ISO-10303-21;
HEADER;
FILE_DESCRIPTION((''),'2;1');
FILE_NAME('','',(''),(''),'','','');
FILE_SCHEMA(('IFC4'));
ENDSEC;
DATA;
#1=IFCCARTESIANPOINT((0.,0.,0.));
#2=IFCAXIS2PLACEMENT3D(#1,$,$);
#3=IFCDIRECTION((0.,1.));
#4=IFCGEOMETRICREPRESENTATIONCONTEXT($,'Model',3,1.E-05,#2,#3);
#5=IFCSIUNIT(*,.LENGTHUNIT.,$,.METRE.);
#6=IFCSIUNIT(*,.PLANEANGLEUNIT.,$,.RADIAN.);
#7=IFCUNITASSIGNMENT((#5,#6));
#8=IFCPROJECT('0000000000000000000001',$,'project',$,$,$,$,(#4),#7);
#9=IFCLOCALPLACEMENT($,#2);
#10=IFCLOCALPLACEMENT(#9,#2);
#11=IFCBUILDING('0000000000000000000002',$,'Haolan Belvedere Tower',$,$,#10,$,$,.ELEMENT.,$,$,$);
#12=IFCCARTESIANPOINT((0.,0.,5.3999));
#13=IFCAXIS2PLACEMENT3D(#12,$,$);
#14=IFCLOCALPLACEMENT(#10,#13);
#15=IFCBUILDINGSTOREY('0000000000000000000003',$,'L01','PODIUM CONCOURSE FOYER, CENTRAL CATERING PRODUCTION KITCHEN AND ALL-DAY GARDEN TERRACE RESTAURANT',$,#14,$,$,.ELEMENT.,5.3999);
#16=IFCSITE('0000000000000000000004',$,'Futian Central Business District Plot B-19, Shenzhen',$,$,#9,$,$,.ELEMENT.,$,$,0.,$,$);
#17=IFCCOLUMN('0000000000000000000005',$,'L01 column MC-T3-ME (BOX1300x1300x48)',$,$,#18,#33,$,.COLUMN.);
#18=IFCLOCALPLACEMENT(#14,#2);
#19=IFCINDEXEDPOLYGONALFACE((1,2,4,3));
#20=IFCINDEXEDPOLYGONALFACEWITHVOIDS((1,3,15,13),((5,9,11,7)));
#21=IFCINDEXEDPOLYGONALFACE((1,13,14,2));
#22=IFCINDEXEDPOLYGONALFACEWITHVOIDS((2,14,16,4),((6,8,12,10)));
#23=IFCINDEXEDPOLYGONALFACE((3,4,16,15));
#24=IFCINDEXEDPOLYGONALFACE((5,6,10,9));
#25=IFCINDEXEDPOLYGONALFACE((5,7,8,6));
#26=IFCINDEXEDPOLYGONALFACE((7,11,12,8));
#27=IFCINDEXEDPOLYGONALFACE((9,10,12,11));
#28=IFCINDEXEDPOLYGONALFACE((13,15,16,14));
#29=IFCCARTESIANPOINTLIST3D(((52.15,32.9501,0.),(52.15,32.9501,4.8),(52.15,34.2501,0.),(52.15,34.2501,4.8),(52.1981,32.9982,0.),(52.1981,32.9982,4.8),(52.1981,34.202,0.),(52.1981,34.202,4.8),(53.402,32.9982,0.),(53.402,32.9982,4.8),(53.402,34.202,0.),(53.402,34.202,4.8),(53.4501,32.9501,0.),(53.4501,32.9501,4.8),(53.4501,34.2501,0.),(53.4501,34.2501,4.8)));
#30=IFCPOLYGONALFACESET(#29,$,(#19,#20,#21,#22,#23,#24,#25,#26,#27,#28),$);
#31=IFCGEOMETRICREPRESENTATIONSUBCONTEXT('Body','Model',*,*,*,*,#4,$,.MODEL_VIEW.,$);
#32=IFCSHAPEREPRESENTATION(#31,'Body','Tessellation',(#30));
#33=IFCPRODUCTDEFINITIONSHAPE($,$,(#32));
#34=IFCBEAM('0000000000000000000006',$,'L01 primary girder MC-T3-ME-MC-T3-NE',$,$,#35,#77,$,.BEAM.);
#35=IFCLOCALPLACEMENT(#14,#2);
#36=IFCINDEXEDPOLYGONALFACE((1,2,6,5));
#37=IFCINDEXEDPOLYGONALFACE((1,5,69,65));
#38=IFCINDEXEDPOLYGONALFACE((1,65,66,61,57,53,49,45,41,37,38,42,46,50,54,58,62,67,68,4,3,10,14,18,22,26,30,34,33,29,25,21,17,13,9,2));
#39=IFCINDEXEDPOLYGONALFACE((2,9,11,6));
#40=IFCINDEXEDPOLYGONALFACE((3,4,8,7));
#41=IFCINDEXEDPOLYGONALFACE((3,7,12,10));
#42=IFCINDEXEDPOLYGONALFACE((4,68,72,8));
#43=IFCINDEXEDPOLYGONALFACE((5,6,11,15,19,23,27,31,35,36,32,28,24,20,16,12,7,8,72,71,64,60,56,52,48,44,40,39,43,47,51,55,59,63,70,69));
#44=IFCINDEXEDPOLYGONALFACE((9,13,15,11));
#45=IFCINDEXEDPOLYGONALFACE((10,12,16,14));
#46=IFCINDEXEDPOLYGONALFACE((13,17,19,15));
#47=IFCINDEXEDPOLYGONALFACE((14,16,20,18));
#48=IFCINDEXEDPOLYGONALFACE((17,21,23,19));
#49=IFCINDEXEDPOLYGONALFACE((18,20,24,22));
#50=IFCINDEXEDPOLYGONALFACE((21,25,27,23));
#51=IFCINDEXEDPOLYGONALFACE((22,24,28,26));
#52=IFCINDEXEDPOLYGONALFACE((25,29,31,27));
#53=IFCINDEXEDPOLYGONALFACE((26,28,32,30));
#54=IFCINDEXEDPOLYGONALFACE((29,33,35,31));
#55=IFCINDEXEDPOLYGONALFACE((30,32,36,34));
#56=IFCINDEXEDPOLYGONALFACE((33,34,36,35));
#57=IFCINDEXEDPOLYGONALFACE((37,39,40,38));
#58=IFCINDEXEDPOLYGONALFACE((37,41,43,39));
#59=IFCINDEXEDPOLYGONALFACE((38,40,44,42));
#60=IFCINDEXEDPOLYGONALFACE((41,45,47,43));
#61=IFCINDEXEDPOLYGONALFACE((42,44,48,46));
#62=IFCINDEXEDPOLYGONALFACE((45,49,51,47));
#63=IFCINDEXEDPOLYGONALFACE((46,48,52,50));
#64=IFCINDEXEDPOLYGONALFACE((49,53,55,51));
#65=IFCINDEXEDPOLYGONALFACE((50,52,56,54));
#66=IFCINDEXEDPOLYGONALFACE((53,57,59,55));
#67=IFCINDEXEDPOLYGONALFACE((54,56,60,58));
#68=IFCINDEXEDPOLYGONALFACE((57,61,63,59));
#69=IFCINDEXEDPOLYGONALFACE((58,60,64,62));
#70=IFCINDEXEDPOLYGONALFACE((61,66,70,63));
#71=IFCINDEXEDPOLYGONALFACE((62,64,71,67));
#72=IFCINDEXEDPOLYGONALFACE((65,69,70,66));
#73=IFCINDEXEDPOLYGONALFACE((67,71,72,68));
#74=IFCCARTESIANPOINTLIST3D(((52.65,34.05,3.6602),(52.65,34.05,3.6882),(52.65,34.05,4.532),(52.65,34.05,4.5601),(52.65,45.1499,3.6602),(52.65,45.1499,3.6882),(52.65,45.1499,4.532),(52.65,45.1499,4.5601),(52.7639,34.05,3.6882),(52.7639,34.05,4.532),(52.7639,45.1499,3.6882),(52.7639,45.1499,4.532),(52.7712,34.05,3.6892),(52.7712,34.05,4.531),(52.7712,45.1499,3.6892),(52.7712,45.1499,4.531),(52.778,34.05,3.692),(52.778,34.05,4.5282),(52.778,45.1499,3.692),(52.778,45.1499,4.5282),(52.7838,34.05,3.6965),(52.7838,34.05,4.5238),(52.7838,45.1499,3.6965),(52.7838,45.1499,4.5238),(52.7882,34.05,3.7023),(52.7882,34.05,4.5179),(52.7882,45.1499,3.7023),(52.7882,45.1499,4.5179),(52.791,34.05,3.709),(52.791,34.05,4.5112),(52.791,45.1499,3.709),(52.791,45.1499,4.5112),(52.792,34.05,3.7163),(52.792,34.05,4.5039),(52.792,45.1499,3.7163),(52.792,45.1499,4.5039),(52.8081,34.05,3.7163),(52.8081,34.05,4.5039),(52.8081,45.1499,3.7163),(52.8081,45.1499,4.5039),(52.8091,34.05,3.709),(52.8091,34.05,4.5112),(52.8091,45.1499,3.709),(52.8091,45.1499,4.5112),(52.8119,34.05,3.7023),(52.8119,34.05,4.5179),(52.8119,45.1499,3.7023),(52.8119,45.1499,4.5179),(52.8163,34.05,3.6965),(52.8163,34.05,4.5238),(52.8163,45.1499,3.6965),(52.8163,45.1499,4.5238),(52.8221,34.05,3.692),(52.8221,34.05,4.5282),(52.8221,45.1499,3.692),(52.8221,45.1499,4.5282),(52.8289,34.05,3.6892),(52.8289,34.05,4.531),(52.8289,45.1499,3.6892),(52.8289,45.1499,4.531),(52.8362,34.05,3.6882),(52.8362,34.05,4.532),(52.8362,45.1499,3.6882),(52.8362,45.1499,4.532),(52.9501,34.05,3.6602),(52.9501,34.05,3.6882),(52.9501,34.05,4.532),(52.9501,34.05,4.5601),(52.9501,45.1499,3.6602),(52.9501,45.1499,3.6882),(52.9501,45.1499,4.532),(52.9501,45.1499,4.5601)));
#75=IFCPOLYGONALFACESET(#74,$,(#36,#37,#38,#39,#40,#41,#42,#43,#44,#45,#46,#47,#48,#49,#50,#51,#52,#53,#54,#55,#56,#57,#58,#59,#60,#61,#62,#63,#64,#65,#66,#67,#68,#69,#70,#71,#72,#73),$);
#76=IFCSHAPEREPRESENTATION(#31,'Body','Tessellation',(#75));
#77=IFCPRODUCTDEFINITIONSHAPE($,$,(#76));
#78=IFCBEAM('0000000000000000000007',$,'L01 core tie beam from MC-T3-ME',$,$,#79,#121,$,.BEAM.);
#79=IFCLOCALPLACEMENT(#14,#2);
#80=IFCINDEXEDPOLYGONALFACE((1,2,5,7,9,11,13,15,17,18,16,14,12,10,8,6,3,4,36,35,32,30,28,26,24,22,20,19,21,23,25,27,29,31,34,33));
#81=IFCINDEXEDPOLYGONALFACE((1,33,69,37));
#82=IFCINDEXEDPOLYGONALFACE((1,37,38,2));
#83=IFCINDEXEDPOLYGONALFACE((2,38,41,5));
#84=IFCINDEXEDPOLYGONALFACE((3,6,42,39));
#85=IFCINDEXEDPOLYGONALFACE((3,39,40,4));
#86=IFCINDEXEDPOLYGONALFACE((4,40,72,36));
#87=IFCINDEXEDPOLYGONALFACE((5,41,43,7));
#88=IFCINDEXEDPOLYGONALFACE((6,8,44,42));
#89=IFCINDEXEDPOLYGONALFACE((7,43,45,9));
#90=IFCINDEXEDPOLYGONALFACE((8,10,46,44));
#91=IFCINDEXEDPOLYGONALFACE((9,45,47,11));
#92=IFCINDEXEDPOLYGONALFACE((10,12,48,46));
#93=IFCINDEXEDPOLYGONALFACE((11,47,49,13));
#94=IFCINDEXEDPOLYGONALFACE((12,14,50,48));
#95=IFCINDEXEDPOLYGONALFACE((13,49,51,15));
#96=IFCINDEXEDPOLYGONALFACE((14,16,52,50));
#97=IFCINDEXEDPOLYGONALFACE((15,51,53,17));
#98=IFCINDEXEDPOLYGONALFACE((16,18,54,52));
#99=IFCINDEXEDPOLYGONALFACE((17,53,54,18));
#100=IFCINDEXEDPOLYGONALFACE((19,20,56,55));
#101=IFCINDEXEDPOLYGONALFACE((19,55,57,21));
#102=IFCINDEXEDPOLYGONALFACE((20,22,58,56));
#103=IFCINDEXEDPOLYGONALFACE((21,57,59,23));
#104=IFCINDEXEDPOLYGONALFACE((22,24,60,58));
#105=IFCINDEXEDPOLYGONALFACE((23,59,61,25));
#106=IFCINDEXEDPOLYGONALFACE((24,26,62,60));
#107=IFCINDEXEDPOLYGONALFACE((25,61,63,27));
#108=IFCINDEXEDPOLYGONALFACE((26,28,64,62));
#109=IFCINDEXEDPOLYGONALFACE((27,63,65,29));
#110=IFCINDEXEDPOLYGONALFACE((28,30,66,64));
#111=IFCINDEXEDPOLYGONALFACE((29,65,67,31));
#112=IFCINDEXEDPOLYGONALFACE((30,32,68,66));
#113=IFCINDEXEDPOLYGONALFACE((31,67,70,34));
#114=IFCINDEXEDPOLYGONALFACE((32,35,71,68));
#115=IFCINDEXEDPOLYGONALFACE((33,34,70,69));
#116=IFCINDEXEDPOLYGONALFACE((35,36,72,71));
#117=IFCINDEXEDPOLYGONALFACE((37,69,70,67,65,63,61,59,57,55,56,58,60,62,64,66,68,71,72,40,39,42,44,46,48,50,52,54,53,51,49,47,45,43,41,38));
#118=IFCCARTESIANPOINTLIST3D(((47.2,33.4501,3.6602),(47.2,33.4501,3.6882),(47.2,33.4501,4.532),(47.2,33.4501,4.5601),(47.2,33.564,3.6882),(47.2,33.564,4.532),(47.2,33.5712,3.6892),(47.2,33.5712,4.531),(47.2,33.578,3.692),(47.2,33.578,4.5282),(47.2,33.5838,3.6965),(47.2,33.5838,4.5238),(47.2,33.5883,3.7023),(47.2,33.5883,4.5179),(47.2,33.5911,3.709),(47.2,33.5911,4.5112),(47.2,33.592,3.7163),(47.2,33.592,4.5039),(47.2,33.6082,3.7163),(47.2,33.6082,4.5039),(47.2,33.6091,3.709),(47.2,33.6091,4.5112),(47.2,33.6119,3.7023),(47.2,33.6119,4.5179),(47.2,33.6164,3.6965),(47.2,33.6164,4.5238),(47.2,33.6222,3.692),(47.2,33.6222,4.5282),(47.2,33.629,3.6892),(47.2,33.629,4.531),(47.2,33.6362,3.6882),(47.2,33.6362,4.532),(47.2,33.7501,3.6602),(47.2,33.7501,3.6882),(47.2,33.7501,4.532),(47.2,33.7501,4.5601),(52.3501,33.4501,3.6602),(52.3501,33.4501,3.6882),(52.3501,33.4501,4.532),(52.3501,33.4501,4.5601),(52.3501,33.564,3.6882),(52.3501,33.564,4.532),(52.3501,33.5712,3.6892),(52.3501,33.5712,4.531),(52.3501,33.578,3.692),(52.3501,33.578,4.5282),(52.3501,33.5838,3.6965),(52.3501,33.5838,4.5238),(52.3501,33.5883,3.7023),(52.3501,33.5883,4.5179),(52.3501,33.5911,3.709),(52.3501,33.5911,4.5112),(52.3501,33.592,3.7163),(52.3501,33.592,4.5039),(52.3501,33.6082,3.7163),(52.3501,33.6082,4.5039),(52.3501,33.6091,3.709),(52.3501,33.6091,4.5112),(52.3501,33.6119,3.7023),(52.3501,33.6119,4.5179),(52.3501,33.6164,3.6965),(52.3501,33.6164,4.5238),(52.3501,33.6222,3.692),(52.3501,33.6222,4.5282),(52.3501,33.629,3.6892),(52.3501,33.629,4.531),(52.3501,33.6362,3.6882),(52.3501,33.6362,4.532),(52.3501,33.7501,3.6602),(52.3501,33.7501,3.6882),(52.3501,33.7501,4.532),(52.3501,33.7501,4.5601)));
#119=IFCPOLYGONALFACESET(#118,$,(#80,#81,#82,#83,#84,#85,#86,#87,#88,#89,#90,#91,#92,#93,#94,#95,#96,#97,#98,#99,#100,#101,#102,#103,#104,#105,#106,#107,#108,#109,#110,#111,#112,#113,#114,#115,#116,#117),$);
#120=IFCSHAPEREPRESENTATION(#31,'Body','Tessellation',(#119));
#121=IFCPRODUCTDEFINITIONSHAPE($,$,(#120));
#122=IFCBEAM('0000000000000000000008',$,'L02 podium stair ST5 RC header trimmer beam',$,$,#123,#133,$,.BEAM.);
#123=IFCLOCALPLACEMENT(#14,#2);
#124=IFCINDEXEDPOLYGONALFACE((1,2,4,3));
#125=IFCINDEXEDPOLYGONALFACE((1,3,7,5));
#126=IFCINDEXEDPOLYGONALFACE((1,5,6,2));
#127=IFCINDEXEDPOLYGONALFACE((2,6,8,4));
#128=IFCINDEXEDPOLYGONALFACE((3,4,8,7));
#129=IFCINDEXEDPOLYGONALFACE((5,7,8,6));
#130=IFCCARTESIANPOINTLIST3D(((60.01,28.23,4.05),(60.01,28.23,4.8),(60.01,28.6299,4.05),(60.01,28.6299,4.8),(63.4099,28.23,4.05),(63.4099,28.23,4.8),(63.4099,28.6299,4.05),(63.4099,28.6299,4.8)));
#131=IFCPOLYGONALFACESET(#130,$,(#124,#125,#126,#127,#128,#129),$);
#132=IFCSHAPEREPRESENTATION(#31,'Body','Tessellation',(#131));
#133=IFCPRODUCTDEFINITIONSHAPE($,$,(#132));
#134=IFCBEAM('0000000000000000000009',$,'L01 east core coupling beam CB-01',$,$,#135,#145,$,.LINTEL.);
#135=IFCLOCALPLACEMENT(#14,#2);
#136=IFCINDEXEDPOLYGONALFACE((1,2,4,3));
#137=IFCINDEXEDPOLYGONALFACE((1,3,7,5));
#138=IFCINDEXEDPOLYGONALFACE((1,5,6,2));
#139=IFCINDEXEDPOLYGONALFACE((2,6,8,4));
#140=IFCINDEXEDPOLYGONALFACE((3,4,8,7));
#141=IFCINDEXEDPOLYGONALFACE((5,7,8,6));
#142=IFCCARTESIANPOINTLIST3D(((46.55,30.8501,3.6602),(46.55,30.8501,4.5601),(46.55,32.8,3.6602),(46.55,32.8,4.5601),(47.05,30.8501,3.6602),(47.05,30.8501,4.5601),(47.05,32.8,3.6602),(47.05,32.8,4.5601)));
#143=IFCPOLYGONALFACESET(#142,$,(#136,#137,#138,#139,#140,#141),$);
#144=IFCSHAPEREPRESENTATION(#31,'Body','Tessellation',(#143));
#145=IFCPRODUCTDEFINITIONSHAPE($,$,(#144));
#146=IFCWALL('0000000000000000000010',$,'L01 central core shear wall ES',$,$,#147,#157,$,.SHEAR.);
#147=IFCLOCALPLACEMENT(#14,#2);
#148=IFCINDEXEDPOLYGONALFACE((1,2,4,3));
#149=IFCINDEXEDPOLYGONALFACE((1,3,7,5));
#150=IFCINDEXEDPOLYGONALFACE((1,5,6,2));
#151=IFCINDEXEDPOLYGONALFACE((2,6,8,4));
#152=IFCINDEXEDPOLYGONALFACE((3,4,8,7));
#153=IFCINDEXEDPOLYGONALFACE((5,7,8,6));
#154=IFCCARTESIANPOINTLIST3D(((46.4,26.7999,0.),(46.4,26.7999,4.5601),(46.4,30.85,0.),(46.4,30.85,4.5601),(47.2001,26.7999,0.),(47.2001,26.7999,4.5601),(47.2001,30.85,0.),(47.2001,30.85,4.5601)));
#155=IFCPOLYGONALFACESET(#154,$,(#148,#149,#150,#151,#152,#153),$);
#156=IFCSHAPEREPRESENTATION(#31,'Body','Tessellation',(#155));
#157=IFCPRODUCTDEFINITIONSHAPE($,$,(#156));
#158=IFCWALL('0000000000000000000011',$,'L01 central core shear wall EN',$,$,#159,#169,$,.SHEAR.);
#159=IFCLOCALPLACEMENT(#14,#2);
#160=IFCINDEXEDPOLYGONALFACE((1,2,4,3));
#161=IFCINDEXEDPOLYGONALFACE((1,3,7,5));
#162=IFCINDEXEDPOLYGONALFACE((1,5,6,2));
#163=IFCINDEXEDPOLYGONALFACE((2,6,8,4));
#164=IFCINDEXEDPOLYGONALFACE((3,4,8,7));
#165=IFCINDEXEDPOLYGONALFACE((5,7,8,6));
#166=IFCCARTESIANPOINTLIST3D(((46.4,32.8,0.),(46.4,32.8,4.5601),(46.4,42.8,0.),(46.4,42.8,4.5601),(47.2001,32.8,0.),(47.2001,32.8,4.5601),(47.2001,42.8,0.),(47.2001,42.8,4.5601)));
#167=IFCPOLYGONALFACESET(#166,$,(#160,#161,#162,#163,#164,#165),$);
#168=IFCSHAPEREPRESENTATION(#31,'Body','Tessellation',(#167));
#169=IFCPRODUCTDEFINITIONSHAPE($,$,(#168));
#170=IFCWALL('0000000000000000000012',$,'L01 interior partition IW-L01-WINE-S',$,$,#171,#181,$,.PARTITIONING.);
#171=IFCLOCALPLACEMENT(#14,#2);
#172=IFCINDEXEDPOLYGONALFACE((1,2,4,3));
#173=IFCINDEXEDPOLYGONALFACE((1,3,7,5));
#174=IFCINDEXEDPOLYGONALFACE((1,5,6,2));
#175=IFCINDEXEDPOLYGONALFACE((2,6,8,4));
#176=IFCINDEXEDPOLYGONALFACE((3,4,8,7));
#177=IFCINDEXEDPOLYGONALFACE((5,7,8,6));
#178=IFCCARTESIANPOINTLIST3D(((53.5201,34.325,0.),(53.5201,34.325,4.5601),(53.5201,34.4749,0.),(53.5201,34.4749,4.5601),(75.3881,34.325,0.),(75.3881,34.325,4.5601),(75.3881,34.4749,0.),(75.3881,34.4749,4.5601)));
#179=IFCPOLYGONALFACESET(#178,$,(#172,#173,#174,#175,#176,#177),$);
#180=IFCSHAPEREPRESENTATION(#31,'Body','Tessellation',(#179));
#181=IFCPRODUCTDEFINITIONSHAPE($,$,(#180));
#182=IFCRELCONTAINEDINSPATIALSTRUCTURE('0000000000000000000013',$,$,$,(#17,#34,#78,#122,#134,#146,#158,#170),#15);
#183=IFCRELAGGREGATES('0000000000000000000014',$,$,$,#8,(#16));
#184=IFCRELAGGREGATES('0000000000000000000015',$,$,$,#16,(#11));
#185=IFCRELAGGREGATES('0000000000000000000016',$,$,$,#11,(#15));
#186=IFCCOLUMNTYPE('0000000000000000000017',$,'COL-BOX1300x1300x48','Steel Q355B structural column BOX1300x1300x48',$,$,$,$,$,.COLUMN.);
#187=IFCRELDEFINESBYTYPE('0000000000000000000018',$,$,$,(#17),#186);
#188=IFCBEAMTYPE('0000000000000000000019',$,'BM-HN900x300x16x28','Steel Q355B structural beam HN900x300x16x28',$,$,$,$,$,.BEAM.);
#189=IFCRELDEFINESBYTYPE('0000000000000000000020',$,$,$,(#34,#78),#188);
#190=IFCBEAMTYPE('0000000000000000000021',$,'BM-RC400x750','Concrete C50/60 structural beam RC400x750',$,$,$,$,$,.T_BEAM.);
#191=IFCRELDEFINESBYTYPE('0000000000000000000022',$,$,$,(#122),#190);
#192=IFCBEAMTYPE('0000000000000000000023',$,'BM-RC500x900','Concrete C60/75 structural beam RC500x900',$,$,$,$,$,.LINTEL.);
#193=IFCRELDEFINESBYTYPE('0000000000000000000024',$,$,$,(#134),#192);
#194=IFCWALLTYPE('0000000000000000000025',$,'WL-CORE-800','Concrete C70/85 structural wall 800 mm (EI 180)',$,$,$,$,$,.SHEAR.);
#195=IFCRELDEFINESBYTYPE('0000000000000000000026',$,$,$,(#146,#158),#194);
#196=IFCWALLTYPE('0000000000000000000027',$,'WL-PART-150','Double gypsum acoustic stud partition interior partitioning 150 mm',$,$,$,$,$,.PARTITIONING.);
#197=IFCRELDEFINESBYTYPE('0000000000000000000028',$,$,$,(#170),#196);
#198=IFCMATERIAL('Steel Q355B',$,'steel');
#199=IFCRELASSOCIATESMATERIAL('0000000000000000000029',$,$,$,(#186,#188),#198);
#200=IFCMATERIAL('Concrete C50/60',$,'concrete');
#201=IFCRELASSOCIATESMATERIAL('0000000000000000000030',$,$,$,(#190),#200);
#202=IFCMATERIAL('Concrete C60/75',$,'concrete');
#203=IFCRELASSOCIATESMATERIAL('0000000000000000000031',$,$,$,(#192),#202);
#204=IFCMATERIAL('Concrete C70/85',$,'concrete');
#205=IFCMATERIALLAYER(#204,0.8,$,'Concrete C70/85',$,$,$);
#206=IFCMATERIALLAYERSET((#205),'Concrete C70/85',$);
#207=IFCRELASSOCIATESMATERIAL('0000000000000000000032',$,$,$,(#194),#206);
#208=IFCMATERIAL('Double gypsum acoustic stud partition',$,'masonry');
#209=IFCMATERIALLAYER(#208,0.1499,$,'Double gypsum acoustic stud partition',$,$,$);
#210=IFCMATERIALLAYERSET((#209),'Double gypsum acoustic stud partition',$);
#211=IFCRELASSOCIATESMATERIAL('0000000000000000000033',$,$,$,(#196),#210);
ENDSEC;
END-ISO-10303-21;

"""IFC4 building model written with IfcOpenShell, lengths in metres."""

from ifc_helpers import new_model, si_unit, direction, frame, frame_2d, origin, origin_2d, place, context, subcontext, project, spatial, rectangle, hollow_rectangle, i_section, extrude, material, layer, layer_set, material_profile, profile_set, type_object, element, save


model = new_model("IFC4")

# Units and contexts
model_context = context("Model", 3, precision=1e-05, world=origin(), true_north=direction((0.0, 1.0)))
body_context = subcontext(model_context, "Body", "Model", "MODEL_VIEW")
ifc_project = project(units=[si_unit("LENGTHUNIT", "METRE"), si_unit("PLANEANGLEUNIT", "RADIAN")], contexts=[model_context])

# Site, building, storey
site_placement = place(None, origin())
site = spatial("IfcSite", under=ifc_project, at=site_placement, Name="Futian Central Business District Plot B-19, Shenzhen", CompositionType="ELEMENT", RefElevation=0.0)
building_placement = place(site_placement, origin())
building = spatial("IfcBuilding", under=site, at=building_placement, Name="Haolan Belvedere Tower", CompositionType="ELEMENT")
storey_placement = place(building_placement, frame((0.0, 0.0, 5.3999)))
storey = spatial("IfcBuildingStorey", under=building, at=storey_placement, Name="L01", Description="PODIUM CONCOURSE FOYER, CENTRAL CATERING PRODUCTION KITCHEN AND ALL-DAY GARDEN TERRACE RESTAURANT", CompositionType="ELEMENT", Elevation=5.3999)

# Column
ifc_material_1 = material(Name="Steel Q355B", Category="steel")
ifc_material_profile_1 = material_profile(ifc_material_1, hollow_rectangle(XDim=1.3, YDim=1.3, WallThickness=0.0481, at=origin_2d()), Name="Steel Q355B")
ifc_profile_set_1 = profile_set([ifc_material_profile_1], Name="Steel Q355B")
column_type = type_object("IfcColumnType", Name="COL-BOX1300x1300x48", Description="Steel Q355B structural column BOX1300x1300x48", PredefinedType="COLUMN", material=ifc_profile_set_1)
column_placement = place(storey_placement, frame((52.8, 33.6001, 0.0), z_axis=(0.0, 0.0, 1.0), x_axis=(1.0, 0.0, 0.0)))
element("IfcColumn", 1, at=column_placement, inside=storey, type_object=column_type, Name="L01 column MC-T3-ME (BOX1300x1300x48)", PredefinedType="COLUMN", context=body_context, shape_type="SweptSolid", body=[
    extrude(hollow_rectangle(XDim=1.3, YDim=1.3, WallThickness=0.0481, at=origin_2d()), origin(), (0.0, 0.0, 1.0), 4.8),
])

# Beams
ifc_material_profile_2 = material_profile(ifc_material_1, i_section(OverallWidth=0.3, OverallDepth=0.8999, WebThickness=0.0161, FlangeThickness=0.0281, FilletRadius=0.0281, at=origin_2d()), Name="Steel Q355B")
ifc_profile_set_2 = profile_set([ifc_material_profile_2], Name="Steel Q355B")
beam_type_1 = type_object("IfcBeamType", Name="BM-HN900x300x16x28", Description="Steel Q355B structural beam HN900x300x16x28", PredefinedType="BEAM", material=ifc_profile_set_2)
beam_1_placement = place(storey_placement, frame((52.8, 34.05, 4.1101), z_axis=(0.0, 1.0, 0.0), x_axis=(-1.0, 0.0, 0.0)))
element("IfcBeam", 2, at=beam_1_placement, inside=storey, type_object=beam_type_1, Name="L01 primary girder MC-T3-ME-MC-T3-NE", PredefinedType="BEAM", context=body_context, shape_type="SweptSolid", body=[
    extrude(i_section(OverallWidth=0.3, OverallDepth=0.8999, WebThickness=0.0161, FlangeThickness=0.0281, FilletRadius=0.0281, at=origin_2d()), origin(), (0.0, 0.0, 1.0), 11.0999),
])
beam_2_placement = place(storey_placement, frame((52.3501, 33.6001, 4.1101), z_axis=(-1.0, 0.0, 0.0), x_axis=(0.0, -1.0, 0.0)))
element("IfcBeam", 3, at=beam_2_placement, inside=storey, type_object=beam_type_1, Name="L01 core tie beam from MC-T3-ME", PredefinedType="BEAM", context=body_context, shape_type="SweptSolid", body=[
    extrude(i_section(OverallWidth=0.3, OverallDepth=0.8999, WebThickness=0.0161, FlangeThickness=0.0281, FilletRadius=0.0281, at=origin_2d()), origin(), (0.0, 0.0, 1.0), 5.1501),
])
ifc_material_2 = material(Name="Concrete C50/60", Category="concrete")
ifc_material_profile_3 = material_profile(ifc_material_2, rectangle(XDim=0.3999, YDim=0.75, at=origin_2d()), Name="Concrete C50/60")
ifc_profile_set_3 = profile_set([ifc_material_profile_3], Name="Concrete C50/60")
beam_type_2 = type_object("IfcBeamType", Name="BM-RC400x750", Description="Concrete C50/60 structural beam RC400x750", PredefinedType="T_BEAM", material=ifc_profile_set_3)
beam_3_placement = place(storey_placement, frame((60.01, 28.4299, 4.425), z_axis=(1.0, 0.0, 0.0), x_axis=(0.0, 1.0, 0.0)))
element("IfcBeam", 4, at=beam_3_placement, inside=storey, type_object=beam_type_2, Name="L02 podium stair ST5 RC header trimmer beam", PredefinedType="BEAM", context=body_context, shape_type="SweptSolid", body=[
    extrude(rectangle(XDim=0.3999, YDim=0.75, at=origin_2d()), origin(), (0.0, 0.0, 1.0), 3.3999),
])
ifc_material_3 = material(Name="Concrete C60/75", Category="concrete")
ifc_material_profile_4 = material_profile(ifc_material_3, rectangle(XDim=0.5, YDim=0.8999, at=origin_2d()), Name="Concrete C60/75")
ifc_profile_set_4 = profile_set([ifc_material_profile_4], Name="Concrete C60/75")
beam_type_3 = type_object("IfcBeamType", Name="BM-RC500x900", Description="Concrete C60/75 structural beam RC500x900", PredefinedType="LINTEL", material=ifc_profile_set_4)
beam_4_placement = place(storey_placement, frame((46.8, 30.8501, 4.1101), z_axis=(0.0, 1.0, 0.0), x_axis=(-1.0, 0.0, 0.0)))
element("IfcBeam", 5, at=beam_4_placement, inside=storey, type_object=beam_type_3, Name="L01 east core coupling beam CB-01", PredefinedType="LINTEL", context=body_context, shape_type="SweptSolid", body=[
    extrude(rectangle(XDim=0.5, YDim=0.8999, at=origin_2d()), origin(), (0.0, 0.0, 1.0), 1.95),
])

# Walls
ifc_material_4 = material(Name="Concrete C70/85", Category="concrete")
ifc_layer_1 = layer(ifc_material_4, 0.8, Name="Concrete C70/85")
ifc_layer_set_1 = layer_set([ifc_layer_1], Name="Concrete C70/85")
wall_type_1 = type_object("IfcWallType", Name="WL-CORE-800", Description="Concrete C70/85 structural wall 800 mm (EI 180)", PredefinedType="SHEAR", material=ifc_layer_set_1)
wall_1_placement = place(storey_placement, frame((46.8, 26.8, 0.0), z_axis=(0.0, 0.0, 1.0), x_axis=(0.0, 1.0, 0.0)))
element("IfcWall", 6, at=wall_1_placement, inside=storey, type_object=wall_type_1, Name="L01 central core shear wall ES", PredefinedType="SHEAR", context=body_context, shape_type="SweptSolid", body=[
    extrude(rectangle(XDim=4.05, YDim=0.8, at=frame_2d((2.0249, 0.0))), origin(), (0.0, 0.0, 1.0), 4.5601),
])
wall_2_placement = place(storey_placement, frame((46.8, 32.8, 0.0), z_axis=(0.0, 0.0, 1.0), x_axis=(0.0, 1.0, 0.0)))
element("IfcWall", 7, at=wall_2_placement, inside=storey, type_object=wall_type_1, Name="L01 central core shear wall EN", PredefinedType="SHEAR", context=body_context, shape_type="SweptSolid", body=[
    extrude(rectangle(XDim=10.0, YDim=0.8, at=frame_2d((5.0, 0.0))), origin(), (0.0, 0.0, 1.0), 4.5601),
])
ifc_material_5 = material(Name="Double gypsum acoustic stud partition", Category="masonry")
ifc_layer_2 = layer(ifc_material_5, 0.1499, Name="Double gypsum acoustic stud partition")
ifc_layer_set_2 = layer_set([ifc_layer_2], Name="Double gypsum acoustic stud partition")
wall_type_2 = type_object("IfcWallType", Name="WL-PART-150", Description="Double gypsum acoustic stud partition interior partitioning 150 mm", PredefinedType="PARTITIONING", material=ifc_layer_set_2)
wall_3_placement = place(storey_placement, frame((53.52, 34.3999, 0.0), z_axis=(0.0, 0.0, 1.0), x_axis=(1.0, 0.0, 0.0)))
element("IfcWall", 8, at=wall_3_placement, inside=storey, type_object=wall_type_2, Name="L01 interior partition IW-L01-WINE-S", PredefinedType="PARTITIONING", context=body_context, shape_type="SweptSolid", body=[
    extrude(rectangle(XDim=21.8679, YDim=0.1499, at=frame_2d((10.9341, 0.0))), origin(), (0.0, 0.0, 1.0), 4.5601),
])

save(model, "model.ifc")
